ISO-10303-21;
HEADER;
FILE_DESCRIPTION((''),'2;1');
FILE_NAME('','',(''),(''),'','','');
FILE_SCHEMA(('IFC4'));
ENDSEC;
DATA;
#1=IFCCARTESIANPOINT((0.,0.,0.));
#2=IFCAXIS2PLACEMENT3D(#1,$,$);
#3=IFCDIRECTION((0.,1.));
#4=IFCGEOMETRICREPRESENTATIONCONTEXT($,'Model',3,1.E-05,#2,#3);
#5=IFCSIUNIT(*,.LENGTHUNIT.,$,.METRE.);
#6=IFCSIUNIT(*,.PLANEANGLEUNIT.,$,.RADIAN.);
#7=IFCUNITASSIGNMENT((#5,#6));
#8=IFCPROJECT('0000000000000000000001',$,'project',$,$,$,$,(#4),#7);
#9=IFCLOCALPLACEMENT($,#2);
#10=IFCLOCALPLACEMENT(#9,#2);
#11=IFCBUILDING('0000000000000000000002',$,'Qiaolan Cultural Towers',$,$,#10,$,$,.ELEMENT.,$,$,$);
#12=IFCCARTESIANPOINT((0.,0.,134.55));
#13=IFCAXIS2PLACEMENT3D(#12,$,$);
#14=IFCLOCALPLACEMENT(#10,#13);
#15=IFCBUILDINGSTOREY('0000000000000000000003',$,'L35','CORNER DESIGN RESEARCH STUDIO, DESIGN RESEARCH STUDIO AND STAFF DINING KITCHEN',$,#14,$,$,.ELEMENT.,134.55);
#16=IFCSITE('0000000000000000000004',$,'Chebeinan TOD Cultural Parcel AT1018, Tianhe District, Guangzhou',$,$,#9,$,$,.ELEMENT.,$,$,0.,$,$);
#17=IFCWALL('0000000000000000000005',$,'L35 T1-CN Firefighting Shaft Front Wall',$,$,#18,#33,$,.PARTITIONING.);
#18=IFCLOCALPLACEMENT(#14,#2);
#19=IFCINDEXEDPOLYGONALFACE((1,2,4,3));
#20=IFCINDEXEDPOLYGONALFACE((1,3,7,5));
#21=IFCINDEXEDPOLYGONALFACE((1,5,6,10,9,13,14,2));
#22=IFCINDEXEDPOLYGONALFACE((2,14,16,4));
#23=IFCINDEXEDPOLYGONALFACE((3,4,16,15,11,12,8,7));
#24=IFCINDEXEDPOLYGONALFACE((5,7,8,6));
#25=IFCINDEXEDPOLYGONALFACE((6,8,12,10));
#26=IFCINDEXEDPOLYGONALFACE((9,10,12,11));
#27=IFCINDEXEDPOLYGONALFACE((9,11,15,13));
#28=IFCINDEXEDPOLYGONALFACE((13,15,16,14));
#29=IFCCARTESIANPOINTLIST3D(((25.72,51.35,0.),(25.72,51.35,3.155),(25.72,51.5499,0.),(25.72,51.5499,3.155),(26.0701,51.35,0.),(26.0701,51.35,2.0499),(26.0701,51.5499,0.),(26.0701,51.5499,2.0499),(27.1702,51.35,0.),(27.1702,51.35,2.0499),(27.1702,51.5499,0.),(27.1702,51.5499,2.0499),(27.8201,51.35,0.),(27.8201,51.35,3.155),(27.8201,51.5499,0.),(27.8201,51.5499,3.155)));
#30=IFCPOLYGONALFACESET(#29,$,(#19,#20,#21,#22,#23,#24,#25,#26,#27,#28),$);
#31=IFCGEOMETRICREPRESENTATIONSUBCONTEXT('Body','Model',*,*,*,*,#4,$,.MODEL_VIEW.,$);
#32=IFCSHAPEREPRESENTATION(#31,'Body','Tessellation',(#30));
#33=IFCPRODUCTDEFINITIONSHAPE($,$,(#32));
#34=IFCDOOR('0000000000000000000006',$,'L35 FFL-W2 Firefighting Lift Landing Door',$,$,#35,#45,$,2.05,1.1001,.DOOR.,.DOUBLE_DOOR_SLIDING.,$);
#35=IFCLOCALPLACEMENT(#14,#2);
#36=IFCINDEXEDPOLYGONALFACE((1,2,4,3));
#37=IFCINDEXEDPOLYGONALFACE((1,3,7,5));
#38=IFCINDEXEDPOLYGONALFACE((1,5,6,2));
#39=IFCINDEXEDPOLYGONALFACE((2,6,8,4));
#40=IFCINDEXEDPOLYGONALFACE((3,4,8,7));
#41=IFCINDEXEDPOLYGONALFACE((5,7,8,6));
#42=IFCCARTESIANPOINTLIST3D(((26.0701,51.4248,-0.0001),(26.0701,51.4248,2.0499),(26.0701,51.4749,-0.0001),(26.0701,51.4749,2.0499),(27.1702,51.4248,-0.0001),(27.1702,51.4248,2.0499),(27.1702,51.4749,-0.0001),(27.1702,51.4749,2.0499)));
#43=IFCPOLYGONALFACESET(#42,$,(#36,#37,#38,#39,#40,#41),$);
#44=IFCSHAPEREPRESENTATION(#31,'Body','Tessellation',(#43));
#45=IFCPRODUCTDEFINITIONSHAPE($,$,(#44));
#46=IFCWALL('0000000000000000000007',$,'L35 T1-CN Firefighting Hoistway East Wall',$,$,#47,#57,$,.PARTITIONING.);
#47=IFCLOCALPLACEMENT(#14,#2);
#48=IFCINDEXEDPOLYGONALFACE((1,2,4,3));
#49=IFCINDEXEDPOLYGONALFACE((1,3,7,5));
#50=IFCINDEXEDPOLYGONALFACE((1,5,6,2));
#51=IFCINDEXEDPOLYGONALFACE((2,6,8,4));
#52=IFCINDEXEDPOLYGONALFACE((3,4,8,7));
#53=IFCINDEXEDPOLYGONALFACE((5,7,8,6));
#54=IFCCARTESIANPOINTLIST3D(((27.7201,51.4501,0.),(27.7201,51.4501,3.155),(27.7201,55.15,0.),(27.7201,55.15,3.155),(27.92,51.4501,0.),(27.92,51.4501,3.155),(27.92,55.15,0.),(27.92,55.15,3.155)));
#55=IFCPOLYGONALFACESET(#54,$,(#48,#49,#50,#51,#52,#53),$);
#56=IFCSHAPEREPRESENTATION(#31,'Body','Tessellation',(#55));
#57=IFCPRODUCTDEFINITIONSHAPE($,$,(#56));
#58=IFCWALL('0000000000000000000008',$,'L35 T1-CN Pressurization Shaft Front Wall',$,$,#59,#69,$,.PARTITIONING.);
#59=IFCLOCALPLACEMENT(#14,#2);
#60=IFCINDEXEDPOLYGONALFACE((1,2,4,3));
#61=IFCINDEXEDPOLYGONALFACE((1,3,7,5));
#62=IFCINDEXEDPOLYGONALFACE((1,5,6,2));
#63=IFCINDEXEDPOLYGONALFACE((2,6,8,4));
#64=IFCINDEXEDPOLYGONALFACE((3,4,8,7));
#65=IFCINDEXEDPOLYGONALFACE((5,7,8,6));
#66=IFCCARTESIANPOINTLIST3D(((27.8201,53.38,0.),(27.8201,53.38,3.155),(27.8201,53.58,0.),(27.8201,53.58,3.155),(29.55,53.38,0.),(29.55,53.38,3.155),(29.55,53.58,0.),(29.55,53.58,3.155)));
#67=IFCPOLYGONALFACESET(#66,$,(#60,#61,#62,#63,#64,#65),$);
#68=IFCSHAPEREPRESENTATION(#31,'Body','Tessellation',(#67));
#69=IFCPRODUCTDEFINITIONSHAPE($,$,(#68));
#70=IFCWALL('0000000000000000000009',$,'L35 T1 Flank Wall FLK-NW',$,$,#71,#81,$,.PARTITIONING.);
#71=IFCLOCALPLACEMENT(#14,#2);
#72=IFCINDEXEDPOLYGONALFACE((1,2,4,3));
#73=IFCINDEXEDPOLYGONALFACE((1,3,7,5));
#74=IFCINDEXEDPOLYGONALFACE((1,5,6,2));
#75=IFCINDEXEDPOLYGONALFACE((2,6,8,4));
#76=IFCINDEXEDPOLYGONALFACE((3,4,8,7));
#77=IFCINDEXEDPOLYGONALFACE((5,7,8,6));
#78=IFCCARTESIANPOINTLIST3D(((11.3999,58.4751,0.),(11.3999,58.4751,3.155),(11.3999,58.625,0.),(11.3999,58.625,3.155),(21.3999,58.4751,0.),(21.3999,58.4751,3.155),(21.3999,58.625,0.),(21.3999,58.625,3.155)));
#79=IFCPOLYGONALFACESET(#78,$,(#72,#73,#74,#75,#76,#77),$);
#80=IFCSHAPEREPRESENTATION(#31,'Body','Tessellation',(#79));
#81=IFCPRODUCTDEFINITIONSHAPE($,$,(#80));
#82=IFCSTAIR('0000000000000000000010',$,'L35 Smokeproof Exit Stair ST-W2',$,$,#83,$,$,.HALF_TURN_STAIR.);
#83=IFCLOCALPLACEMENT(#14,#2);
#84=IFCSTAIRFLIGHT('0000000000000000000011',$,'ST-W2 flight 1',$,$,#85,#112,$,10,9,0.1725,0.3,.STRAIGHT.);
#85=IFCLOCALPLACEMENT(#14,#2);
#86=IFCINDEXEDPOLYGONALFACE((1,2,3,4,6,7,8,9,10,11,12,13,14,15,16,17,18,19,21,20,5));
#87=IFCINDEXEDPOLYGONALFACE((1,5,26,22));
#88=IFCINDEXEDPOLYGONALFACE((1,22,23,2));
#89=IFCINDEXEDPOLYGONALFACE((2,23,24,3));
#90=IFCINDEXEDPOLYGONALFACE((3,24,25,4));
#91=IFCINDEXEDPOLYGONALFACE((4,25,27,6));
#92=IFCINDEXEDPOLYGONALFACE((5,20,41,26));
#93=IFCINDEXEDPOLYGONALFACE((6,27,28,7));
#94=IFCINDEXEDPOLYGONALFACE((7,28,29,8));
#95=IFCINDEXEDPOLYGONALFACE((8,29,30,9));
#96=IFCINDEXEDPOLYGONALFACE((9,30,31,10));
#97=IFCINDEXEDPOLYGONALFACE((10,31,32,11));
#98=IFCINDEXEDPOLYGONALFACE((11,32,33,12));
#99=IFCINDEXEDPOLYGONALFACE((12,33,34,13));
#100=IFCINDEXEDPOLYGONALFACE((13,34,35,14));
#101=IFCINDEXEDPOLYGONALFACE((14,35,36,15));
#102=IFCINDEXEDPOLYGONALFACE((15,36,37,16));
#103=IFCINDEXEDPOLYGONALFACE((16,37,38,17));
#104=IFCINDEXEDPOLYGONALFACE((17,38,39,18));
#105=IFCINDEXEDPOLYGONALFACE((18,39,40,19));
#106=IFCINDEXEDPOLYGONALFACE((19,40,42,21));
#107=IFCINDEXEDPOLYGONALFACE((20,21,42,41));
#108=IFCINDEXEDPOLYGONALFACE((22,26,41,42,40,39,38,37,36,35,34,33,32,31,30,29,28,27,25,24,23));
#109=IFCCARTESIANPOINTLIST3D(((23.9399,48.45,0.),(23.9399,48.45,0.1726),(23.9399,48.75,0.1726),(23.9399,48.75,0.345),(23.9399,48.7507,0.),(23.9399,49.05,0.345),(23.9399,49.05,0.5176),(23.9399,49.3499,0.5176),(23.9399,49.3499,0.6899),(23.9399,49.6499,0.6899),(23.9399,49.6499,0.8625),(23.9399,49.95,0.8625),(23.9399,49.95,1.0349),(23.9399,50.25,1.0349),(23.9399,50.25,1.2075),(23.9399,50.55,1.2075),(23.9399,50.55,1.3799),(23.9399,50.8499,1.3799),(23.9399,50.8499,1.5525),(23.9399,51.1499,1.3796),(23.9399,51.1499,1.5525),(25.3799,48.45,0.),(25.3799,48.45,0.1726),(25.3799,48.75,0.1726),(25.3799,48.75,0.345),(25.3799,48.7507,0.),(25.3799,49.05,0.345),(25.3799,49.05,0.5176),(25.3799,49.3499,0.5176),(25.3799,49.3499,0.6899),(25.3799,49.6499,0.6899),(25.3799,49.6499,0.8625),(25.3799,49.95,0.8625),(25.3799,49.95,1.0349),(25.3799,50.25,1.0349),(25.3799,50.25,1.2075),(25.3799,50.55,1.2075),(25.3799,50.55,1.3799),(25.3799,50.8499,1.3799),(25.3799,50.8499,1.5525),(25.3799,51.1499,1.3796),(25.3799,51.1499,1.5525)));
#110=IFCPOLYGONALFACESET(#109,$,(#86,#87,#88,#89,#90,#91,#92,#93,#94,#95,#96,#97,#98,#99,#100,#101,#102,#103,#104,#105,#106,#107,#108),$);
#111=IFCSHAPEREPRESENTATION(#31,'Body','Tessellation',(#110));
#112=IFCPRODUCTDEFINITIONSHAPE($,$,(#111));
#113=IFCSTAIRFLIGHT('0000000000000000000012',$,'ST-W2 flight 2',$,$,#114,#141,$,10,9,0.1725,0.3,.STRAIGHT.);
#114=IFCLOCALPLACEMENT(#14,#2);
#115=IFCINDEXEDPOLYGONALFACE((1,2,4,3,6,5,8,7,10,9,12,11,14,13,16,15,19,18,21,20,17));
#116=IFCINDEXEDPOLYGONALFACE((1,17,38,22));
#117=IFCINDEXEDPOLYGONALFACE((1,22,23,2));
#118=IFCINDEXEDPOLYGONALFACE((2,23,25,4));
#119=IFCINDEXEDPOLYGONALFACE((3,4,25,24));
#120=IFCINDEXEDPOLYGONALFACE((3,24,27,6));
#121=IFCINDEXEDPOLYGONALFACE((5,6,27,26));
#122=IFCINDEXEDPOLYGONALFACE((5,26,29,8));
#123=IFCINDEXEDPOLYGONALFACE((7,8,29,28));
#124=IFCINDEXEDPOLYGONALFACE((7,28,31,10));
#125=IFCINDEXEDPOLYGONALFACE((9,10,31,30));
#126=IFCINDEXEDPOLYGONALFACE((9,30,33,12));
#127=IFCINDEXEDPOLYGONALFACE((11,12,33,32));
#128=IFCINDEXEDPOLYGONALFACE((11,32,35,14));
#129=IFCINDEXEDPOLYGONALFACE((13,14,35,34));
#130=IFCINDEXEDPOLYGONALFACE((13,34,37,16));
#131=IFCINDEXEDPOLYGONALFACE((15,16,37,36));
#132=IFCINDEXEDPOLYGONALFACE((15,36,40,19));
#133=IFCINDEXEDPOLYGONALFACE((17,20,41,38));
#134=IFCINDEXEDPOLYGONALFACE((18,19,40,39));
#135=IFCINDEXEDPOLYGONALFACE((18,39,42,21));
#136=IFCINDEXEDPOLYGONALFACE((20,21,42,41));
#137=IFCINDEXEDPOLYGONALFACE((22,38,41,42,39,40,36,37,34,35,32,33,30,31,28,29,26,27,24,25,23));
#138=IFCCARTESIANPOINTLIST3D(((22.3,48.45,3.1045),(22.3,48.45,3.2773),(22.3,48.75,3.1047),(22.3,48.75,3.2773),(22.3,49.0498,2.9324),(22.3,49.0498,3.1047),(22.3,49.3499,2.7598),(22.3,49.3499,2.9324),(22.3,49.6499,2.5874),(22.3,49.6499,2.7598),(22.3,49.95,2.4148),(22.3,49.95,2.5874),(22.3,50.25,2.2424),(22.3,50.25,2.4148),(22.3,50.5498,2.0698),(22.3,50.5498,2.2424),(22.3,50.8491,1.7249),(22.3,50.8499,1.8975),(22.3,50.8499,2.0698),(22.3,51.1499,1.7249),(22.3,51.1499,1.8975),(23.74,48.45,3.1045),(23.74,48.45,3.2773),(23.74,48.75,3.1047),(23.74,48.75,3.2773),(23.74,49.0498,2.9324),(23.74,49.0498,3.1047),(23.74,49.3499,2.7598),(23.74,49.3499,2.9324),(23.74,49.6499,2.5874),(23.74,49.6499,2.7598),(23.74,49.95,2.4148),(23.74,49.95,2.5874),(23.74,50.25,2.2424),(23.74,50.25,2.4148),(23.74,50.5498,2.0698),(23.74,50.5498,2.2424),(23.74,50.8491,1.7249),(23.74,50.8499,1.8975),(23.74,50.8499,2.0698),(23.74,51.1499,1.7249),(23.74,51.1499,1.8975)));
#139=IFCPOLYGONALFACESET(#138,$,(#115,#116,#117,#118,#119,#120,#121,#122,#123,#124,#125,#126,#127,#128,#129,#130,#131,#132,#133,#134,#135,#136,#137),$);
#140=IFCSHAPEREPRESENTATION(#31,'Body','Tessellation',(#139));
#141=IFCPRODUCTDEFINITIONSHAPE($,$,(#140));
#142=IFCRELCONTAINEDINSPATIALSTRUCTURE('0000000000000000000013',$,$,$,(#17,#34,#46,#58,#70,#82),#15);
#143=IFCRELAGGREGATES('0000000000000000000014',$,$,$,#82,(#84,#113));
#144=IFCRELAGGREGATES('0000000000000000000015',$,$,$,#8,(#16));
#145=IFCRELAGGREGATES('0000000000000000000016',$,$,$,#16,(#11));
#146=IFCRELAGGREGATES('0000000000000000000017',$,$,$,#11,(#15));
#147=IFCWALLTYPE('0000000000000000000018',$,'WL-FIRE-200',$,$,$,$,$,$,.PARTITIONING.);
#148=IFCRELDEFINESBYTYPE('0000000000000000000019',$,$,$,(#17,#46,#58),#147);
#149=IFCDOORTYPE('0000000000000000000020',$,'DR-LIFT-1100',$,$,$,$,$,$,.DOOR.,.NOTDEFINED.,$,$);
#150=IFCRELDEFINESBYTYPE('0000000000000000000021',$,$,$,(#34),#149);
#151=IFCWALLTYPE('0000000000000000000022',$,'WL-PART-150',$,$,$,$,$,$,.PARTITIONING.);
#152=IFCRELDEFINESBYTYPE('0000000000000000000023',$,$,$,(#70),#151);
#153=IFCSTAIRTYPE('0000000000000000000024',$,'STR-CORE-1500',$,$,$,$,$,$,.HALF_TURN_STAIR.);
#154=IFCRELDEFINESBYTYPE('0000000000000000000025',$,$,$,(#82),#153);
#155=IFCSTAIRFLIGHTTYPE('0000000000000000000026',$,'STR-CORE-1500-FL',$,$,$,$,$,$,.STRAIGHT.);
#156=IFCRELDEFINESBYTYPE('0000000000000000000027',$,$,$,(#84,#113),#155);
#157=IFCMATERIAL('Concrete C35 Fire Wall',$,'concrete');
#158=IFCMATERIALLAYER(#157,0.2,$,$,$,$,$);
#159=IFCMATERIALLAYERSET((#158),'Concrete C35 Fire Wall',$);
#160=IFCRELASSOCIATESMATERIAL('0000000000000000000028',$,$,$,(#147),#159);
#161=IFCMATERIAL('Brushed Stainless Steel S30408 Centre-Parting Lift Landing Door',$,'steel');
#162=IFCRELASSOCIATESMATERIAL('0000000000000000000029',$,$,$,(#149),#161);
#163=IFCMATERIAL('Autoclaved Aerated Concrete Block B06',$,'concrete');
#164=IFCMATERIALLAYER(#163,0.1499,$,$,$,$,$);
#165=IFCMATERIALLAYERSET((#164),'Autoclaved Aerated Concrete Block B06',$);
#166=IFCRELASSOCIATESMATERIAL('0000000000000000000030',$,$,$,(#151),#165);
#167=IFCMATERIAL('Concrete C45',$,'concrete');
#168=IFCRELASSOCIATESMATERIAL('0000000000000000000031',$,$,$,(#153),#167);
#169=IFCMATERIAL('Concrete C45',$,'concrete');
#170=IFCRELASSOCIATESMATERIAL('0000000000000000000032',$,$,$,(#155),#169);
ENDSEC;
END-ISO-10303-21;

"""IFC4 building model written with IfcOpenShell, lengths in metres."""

from ifc_helpers import new_model, si_unit, direction, frame, frame_2d, origin, place, context, subcontext, project, spatial, polyline, rectangle, outline, extrude, material, layer, layer_set, type_object, element, fill, aggregate, save


model = new_model("IFC4")

# Units and contexts
model_context = context("Model", 3, precision=1e-05, world=origin(), true_north=direction((0.0, 1.0)))
body_context = subcontext(model_context, "Body", "Model", "MODEL_VIEW")
ifc_project = project(units=[si_unit("LENGTHUNIT", "METRE"), si_unit("PLANEANGLEUNIT", "RADIAN")], contexts=[model_context])

# Site, building, storey
site_placement = place(None, origin())
site = spatial("IfcSite", under=ifc_project, at=site_placement, Name="Chebeinan TOD Cultural Parcel AT1018, Tianhe District, Guangzhou", CompositionType="ELEMENT", RefElevation=0.0)
building_placement = place(site_placement, origin())
building = spatial("IfcBuilding", under=site, at=building_placement, Name="Qiaolan Cultural Towers", CompositionType="ELEMENT")
storey_placement = place(building_placement, frame((0.0, 0.0, 134.55)))
storey = spatial("IfcBuildingStorey", under=building, at=storey_placement, Name="L35", Description="CORNER DESIGN RESEARCH STUDIO, DESIGN RESEARCH STUDIO AND STAFF DINING KITCHEN", CompositionType="ELEMENT", Elevation=134.55)

# Wall, opening, door
ifc_material_1 = material(Name="Concrete C35 Fire Wall", Category="concrete")
ifc_layer_1 = layer(ifc_material_1, 0.2)
ifc_layer_set_1 = layer_set([ifc_layer_1], Name="Concrete C35 Fire Wall")
wall_type_1 = type_object("IfcWallType", Name="WL-FIRE-200", PredefinedType="PARTITIONING", material=ifc_layer_set_1)
wall_1_placement = place(storey_placement, frame((25.72, 51.45, 0.0), z_axis=(0.0, 0.0, 1.0), x_axis=(1.0, 0.0, 0.0)))
wall_1 = element("IfcWall", 1, at=wall_1_placement, inside=storey, type_object=wall_type_1, Name="L35 T1-CN Firefighting Shaft Front Wall", PredefinedType="PARTITIONING", context=body_context, shape_type="SweptSolid", body=[
    extrude(rectangle(XDim=2.1001, YDim=0.2, at=frame_2d((1.05, 0.0))), origin(), (0.0, 0.0, 1.0), 3.155),
])
opening_placement = place(wall_1_placement, frame((0.3501, 0.0, 0.0)))
opening = element("IfcOpeningElement", 2, at=opening_placement, cuts=wall_1, PredefinedType="OPENING", context=body_context, shape_type="SweptSolid", body=[
    extrude(rectangle(XDim=1.1001, YDim=2.05, at=frame_2d((0.55, 1.0249))), frame((0.0, 0.1099, 0.0), z_axis=(0.0, -1.0, 0.0), x_axis=(1.0, 0.0, 0.0)), (0.0, 0.0, 1.0), 0.22),
])
ifc_material_2 = material(Name="Brushed Stainless Steel S30408 Centre-Parting Lift Landing Door", Category="steel")
door_type = type_object("IfcDoorType", Name="DR-LIFT-1100", OperationType="NOTDEFINED", PredefinedType="DOOR", material=ifc_material_2)
door_placement = place(opening_placement, origin())
door = element("IfcDoor", 3, at=door_placement, inside=storey, type_object=door_type, Name="L35 FFL-W2 Firefighting Lift Landing Door", OperationType="DOUBLE_DOOR_SLIDING", OverallHeight=2.05, OverallWidth=1.1001, PredefinedType="DOOR", context=body_context, shape_type="SweptSolid", body=[
    extrude(rectangle(XDim=1.1001, YDim=2.05, at=frame_2d((0.55, 1.0249))), frame((0.0, 0.0249, 0.0), z_axis=(0.0, -1.0, 0.0), x_axis=(1.0, 0.0, 0.0)), (0.0, 0.0, 1.0), 0.05),
])
fill(opening, door)

# Walls
wall_2_placement = place(storey_placement, frame((27.8201, 51.45, 0.0), z_axis=(0.0, 0.0, 1.0), x_axis=(0.0, 1.0, 0.0)))
element("IfcWall", 4, at=wall_2_placement, inside=storey, type_object=wall_type_1, Name="L35 T1-CN Firefighting Hoistway East Wall", PredefinedType="PARTITIONING", context=body_context, shape_type="SweptSolid", body=[
    extrude(rectangle(XDim=3.7, YDim=0.2, at=frame_2d((1.8501, 0.0))), origin(), (0.0, 0.0, 1.0), 3.155),
])
wall_3_placement = place(storey_placement, frame((27.8201, 53.48, 0.0), z_axis=(0.0, 0.0, 1.0), x_axis=(1.0, 0.0, 0.0)))
element("IfcWall", 5, at=wall_3_placement, inside=storey, type_object=wall_type_1, Name="L35 T1-CN Pressurization Shaft Front Wall", PredefinedType="PARTITIONING", context=body_context, shape_type="SweptSolid", body=[
    extrude(rectangle(XDim=1.73, YDim=0.2, at=frame_2d((0.865, 0.0))), origin(), (0.0, 0.0, 1.0), 3.155),
])
ifc_material_3 = material(Name="Autoclaved Aerated Concrete Block B06", Category="concrete")
ifc_layer_2 = layer(ifc_material_3, 0.1499)
ifc_layer_set_2 = layer_set([ifc_layer_2], Name="Autoclaved Aerated Concrete Block B06")
wall_type_2 = type_object("IfcWallType", Name="WL-PART-150", PredefinedType="PARTITIONING", material=ifc_layer_set_2)
wall_4_placement = place(storey_placement, frame((11.3999, 58.55, 0.0), z_axis=(0.0, 0.0, 1.0), x_axis=(1.0, 0.0, 0.0)))
element("IfcWall", 6, at=wall_4_placement, inside=storey, type_object=wall_type_2, Name="L35 T1 Flank Wall FLK-NW", PredefinedType="PARTITIONING", context=body_context, shape_type="SweptSolid", body=[
    extrude(rectangle(XDim=10.0, YDim=0.1499, at=frame_2d((5.0, 0.0))), origin(), (0.0, 0.0, 1.0), 3.155),
])

# Stair, stair flights
ifc_material_4 = material(Name="Concrete C45", Category="concrete")
stair_type = type_object("IfcStairType", Name="STR-CORE-1500", PredefinedType="HALF_TURN_STAIR", material=ifc_material_4)
stair_placement = place(storey_placement, origin())
stair = element("IfcStair", 7, at=stair_placement, inside=storey, type_object=stair_type, Name="L35 Smokeproof Exit Stair ST-W2", PredefinedType="HALF_TURN_STAIR")
ifc_material_5 = material(Name="Concrete C45", Category="concrete")
stair_flight_type = type_object("IfcStairFlightType", Name="STR-CORE-1500-FL", PredefinedType="STRAIGHT", material=ifc_material_5)
stair_flight_1_placement = place(storey_placement, frame((24.6599, 48.45, 0.0), z_axis=(0.0, 0.0, 1.0), x_axis=(0.0, 1.0, 0.0)))
stair_flight_1 = element("IfcStairFlight", 8, at=stair_flight_1_placement, type_object=stair_flight_type, Name="ST-W2 flight 1", NumberOfRisers=10, NumberOfTreads=9, PredefinedType="STRAIGHT", RiserHeight=0.1725, TreadLength=0.3, context=body_context, shape_type="SweptSolid", body=[
    extrude(outline(polyline([(0.0, 0.0), (0.0, 0.1726), (0.3, 0.1726), (0.3, 0.345), (0.6001, 0.345), (0.6001, 0.5176), (0.8999, 0.5176), (0.8999, 0.6899), (1.2, 0.6899), (1.2, 0.8625), (1.5, 0.8625), (1.5, 1.0349), (1.8, 1.0349), (1.8, 1.2075), (2.1001, 1.2075), (2.1001, 1.3799), (2.3999, 1.3799), (2.3999, 1.5525), (2.7, 1.5525), (2.7, 1.7251), (2.7, 1.3796), (0.3008, 0.0), (0.0, 0.0)])), frame((0.0, 0.72, 0.0), z_axis=(0.0, -1.0, 0.0), x_axis=(1.0, 0.0, 0.0)), (0.0, 0.0, 1.0), 1.4399),
])
stair_flight_2_placement = place(storey_placement, frame((23.02, 51.1499, 1.7249), z_axis=(0.0, 0.0, 1.0), x_axis=(0.0, -1.0, 0.0)))
stair_flight_2 = element("IfcStairFlight", 9, at=stair_flight_2_placement, type_object=stair_flight_type, Name="ST-W2 flight 2", NumberOfRisers=10, NumberOfTreads=9, PredefinedType="STRAIGHT", RiserHeight=0.1725, TreadLength=0.3, context=body_context, shape_type="SweptSolid", body=[
    extrude(outline(polyline([(0.0, 0.0), (0.0, 0.1726), (0.3, 0.1726), (0.3, 0.345), (0.6001, 0.345), (0.6001, 0.5176), (0.8999, 0.5176), (0.8999, 0.6899), (1.2, 0.6899), (1.2, 0.8625), (1.5, 0.8625), (1.5, 1.0349), (1.8, 1.0349), (1.8, 1.2075), (2.1001, 1.2075), (2.1001, 1.3799), (2.3999, 1.3799), (2.3999, 1.5525), (2.7, 1.5525), (2.7, 1.7251), (2.7, 1.3796), (0.3008, 0.0), (0.0, 0.0)])), frame((0.0, 0.72, 0.0), z_axis=(0.0, -1.0, 0.0), x_axis=(1.0, 0.0, 0.0)), (0.0, 0.0, 1.0), 1.4399),
])
aggregate(stair, [stair_flight_1, stair_flight_2])

save(model, "model.ifc")
